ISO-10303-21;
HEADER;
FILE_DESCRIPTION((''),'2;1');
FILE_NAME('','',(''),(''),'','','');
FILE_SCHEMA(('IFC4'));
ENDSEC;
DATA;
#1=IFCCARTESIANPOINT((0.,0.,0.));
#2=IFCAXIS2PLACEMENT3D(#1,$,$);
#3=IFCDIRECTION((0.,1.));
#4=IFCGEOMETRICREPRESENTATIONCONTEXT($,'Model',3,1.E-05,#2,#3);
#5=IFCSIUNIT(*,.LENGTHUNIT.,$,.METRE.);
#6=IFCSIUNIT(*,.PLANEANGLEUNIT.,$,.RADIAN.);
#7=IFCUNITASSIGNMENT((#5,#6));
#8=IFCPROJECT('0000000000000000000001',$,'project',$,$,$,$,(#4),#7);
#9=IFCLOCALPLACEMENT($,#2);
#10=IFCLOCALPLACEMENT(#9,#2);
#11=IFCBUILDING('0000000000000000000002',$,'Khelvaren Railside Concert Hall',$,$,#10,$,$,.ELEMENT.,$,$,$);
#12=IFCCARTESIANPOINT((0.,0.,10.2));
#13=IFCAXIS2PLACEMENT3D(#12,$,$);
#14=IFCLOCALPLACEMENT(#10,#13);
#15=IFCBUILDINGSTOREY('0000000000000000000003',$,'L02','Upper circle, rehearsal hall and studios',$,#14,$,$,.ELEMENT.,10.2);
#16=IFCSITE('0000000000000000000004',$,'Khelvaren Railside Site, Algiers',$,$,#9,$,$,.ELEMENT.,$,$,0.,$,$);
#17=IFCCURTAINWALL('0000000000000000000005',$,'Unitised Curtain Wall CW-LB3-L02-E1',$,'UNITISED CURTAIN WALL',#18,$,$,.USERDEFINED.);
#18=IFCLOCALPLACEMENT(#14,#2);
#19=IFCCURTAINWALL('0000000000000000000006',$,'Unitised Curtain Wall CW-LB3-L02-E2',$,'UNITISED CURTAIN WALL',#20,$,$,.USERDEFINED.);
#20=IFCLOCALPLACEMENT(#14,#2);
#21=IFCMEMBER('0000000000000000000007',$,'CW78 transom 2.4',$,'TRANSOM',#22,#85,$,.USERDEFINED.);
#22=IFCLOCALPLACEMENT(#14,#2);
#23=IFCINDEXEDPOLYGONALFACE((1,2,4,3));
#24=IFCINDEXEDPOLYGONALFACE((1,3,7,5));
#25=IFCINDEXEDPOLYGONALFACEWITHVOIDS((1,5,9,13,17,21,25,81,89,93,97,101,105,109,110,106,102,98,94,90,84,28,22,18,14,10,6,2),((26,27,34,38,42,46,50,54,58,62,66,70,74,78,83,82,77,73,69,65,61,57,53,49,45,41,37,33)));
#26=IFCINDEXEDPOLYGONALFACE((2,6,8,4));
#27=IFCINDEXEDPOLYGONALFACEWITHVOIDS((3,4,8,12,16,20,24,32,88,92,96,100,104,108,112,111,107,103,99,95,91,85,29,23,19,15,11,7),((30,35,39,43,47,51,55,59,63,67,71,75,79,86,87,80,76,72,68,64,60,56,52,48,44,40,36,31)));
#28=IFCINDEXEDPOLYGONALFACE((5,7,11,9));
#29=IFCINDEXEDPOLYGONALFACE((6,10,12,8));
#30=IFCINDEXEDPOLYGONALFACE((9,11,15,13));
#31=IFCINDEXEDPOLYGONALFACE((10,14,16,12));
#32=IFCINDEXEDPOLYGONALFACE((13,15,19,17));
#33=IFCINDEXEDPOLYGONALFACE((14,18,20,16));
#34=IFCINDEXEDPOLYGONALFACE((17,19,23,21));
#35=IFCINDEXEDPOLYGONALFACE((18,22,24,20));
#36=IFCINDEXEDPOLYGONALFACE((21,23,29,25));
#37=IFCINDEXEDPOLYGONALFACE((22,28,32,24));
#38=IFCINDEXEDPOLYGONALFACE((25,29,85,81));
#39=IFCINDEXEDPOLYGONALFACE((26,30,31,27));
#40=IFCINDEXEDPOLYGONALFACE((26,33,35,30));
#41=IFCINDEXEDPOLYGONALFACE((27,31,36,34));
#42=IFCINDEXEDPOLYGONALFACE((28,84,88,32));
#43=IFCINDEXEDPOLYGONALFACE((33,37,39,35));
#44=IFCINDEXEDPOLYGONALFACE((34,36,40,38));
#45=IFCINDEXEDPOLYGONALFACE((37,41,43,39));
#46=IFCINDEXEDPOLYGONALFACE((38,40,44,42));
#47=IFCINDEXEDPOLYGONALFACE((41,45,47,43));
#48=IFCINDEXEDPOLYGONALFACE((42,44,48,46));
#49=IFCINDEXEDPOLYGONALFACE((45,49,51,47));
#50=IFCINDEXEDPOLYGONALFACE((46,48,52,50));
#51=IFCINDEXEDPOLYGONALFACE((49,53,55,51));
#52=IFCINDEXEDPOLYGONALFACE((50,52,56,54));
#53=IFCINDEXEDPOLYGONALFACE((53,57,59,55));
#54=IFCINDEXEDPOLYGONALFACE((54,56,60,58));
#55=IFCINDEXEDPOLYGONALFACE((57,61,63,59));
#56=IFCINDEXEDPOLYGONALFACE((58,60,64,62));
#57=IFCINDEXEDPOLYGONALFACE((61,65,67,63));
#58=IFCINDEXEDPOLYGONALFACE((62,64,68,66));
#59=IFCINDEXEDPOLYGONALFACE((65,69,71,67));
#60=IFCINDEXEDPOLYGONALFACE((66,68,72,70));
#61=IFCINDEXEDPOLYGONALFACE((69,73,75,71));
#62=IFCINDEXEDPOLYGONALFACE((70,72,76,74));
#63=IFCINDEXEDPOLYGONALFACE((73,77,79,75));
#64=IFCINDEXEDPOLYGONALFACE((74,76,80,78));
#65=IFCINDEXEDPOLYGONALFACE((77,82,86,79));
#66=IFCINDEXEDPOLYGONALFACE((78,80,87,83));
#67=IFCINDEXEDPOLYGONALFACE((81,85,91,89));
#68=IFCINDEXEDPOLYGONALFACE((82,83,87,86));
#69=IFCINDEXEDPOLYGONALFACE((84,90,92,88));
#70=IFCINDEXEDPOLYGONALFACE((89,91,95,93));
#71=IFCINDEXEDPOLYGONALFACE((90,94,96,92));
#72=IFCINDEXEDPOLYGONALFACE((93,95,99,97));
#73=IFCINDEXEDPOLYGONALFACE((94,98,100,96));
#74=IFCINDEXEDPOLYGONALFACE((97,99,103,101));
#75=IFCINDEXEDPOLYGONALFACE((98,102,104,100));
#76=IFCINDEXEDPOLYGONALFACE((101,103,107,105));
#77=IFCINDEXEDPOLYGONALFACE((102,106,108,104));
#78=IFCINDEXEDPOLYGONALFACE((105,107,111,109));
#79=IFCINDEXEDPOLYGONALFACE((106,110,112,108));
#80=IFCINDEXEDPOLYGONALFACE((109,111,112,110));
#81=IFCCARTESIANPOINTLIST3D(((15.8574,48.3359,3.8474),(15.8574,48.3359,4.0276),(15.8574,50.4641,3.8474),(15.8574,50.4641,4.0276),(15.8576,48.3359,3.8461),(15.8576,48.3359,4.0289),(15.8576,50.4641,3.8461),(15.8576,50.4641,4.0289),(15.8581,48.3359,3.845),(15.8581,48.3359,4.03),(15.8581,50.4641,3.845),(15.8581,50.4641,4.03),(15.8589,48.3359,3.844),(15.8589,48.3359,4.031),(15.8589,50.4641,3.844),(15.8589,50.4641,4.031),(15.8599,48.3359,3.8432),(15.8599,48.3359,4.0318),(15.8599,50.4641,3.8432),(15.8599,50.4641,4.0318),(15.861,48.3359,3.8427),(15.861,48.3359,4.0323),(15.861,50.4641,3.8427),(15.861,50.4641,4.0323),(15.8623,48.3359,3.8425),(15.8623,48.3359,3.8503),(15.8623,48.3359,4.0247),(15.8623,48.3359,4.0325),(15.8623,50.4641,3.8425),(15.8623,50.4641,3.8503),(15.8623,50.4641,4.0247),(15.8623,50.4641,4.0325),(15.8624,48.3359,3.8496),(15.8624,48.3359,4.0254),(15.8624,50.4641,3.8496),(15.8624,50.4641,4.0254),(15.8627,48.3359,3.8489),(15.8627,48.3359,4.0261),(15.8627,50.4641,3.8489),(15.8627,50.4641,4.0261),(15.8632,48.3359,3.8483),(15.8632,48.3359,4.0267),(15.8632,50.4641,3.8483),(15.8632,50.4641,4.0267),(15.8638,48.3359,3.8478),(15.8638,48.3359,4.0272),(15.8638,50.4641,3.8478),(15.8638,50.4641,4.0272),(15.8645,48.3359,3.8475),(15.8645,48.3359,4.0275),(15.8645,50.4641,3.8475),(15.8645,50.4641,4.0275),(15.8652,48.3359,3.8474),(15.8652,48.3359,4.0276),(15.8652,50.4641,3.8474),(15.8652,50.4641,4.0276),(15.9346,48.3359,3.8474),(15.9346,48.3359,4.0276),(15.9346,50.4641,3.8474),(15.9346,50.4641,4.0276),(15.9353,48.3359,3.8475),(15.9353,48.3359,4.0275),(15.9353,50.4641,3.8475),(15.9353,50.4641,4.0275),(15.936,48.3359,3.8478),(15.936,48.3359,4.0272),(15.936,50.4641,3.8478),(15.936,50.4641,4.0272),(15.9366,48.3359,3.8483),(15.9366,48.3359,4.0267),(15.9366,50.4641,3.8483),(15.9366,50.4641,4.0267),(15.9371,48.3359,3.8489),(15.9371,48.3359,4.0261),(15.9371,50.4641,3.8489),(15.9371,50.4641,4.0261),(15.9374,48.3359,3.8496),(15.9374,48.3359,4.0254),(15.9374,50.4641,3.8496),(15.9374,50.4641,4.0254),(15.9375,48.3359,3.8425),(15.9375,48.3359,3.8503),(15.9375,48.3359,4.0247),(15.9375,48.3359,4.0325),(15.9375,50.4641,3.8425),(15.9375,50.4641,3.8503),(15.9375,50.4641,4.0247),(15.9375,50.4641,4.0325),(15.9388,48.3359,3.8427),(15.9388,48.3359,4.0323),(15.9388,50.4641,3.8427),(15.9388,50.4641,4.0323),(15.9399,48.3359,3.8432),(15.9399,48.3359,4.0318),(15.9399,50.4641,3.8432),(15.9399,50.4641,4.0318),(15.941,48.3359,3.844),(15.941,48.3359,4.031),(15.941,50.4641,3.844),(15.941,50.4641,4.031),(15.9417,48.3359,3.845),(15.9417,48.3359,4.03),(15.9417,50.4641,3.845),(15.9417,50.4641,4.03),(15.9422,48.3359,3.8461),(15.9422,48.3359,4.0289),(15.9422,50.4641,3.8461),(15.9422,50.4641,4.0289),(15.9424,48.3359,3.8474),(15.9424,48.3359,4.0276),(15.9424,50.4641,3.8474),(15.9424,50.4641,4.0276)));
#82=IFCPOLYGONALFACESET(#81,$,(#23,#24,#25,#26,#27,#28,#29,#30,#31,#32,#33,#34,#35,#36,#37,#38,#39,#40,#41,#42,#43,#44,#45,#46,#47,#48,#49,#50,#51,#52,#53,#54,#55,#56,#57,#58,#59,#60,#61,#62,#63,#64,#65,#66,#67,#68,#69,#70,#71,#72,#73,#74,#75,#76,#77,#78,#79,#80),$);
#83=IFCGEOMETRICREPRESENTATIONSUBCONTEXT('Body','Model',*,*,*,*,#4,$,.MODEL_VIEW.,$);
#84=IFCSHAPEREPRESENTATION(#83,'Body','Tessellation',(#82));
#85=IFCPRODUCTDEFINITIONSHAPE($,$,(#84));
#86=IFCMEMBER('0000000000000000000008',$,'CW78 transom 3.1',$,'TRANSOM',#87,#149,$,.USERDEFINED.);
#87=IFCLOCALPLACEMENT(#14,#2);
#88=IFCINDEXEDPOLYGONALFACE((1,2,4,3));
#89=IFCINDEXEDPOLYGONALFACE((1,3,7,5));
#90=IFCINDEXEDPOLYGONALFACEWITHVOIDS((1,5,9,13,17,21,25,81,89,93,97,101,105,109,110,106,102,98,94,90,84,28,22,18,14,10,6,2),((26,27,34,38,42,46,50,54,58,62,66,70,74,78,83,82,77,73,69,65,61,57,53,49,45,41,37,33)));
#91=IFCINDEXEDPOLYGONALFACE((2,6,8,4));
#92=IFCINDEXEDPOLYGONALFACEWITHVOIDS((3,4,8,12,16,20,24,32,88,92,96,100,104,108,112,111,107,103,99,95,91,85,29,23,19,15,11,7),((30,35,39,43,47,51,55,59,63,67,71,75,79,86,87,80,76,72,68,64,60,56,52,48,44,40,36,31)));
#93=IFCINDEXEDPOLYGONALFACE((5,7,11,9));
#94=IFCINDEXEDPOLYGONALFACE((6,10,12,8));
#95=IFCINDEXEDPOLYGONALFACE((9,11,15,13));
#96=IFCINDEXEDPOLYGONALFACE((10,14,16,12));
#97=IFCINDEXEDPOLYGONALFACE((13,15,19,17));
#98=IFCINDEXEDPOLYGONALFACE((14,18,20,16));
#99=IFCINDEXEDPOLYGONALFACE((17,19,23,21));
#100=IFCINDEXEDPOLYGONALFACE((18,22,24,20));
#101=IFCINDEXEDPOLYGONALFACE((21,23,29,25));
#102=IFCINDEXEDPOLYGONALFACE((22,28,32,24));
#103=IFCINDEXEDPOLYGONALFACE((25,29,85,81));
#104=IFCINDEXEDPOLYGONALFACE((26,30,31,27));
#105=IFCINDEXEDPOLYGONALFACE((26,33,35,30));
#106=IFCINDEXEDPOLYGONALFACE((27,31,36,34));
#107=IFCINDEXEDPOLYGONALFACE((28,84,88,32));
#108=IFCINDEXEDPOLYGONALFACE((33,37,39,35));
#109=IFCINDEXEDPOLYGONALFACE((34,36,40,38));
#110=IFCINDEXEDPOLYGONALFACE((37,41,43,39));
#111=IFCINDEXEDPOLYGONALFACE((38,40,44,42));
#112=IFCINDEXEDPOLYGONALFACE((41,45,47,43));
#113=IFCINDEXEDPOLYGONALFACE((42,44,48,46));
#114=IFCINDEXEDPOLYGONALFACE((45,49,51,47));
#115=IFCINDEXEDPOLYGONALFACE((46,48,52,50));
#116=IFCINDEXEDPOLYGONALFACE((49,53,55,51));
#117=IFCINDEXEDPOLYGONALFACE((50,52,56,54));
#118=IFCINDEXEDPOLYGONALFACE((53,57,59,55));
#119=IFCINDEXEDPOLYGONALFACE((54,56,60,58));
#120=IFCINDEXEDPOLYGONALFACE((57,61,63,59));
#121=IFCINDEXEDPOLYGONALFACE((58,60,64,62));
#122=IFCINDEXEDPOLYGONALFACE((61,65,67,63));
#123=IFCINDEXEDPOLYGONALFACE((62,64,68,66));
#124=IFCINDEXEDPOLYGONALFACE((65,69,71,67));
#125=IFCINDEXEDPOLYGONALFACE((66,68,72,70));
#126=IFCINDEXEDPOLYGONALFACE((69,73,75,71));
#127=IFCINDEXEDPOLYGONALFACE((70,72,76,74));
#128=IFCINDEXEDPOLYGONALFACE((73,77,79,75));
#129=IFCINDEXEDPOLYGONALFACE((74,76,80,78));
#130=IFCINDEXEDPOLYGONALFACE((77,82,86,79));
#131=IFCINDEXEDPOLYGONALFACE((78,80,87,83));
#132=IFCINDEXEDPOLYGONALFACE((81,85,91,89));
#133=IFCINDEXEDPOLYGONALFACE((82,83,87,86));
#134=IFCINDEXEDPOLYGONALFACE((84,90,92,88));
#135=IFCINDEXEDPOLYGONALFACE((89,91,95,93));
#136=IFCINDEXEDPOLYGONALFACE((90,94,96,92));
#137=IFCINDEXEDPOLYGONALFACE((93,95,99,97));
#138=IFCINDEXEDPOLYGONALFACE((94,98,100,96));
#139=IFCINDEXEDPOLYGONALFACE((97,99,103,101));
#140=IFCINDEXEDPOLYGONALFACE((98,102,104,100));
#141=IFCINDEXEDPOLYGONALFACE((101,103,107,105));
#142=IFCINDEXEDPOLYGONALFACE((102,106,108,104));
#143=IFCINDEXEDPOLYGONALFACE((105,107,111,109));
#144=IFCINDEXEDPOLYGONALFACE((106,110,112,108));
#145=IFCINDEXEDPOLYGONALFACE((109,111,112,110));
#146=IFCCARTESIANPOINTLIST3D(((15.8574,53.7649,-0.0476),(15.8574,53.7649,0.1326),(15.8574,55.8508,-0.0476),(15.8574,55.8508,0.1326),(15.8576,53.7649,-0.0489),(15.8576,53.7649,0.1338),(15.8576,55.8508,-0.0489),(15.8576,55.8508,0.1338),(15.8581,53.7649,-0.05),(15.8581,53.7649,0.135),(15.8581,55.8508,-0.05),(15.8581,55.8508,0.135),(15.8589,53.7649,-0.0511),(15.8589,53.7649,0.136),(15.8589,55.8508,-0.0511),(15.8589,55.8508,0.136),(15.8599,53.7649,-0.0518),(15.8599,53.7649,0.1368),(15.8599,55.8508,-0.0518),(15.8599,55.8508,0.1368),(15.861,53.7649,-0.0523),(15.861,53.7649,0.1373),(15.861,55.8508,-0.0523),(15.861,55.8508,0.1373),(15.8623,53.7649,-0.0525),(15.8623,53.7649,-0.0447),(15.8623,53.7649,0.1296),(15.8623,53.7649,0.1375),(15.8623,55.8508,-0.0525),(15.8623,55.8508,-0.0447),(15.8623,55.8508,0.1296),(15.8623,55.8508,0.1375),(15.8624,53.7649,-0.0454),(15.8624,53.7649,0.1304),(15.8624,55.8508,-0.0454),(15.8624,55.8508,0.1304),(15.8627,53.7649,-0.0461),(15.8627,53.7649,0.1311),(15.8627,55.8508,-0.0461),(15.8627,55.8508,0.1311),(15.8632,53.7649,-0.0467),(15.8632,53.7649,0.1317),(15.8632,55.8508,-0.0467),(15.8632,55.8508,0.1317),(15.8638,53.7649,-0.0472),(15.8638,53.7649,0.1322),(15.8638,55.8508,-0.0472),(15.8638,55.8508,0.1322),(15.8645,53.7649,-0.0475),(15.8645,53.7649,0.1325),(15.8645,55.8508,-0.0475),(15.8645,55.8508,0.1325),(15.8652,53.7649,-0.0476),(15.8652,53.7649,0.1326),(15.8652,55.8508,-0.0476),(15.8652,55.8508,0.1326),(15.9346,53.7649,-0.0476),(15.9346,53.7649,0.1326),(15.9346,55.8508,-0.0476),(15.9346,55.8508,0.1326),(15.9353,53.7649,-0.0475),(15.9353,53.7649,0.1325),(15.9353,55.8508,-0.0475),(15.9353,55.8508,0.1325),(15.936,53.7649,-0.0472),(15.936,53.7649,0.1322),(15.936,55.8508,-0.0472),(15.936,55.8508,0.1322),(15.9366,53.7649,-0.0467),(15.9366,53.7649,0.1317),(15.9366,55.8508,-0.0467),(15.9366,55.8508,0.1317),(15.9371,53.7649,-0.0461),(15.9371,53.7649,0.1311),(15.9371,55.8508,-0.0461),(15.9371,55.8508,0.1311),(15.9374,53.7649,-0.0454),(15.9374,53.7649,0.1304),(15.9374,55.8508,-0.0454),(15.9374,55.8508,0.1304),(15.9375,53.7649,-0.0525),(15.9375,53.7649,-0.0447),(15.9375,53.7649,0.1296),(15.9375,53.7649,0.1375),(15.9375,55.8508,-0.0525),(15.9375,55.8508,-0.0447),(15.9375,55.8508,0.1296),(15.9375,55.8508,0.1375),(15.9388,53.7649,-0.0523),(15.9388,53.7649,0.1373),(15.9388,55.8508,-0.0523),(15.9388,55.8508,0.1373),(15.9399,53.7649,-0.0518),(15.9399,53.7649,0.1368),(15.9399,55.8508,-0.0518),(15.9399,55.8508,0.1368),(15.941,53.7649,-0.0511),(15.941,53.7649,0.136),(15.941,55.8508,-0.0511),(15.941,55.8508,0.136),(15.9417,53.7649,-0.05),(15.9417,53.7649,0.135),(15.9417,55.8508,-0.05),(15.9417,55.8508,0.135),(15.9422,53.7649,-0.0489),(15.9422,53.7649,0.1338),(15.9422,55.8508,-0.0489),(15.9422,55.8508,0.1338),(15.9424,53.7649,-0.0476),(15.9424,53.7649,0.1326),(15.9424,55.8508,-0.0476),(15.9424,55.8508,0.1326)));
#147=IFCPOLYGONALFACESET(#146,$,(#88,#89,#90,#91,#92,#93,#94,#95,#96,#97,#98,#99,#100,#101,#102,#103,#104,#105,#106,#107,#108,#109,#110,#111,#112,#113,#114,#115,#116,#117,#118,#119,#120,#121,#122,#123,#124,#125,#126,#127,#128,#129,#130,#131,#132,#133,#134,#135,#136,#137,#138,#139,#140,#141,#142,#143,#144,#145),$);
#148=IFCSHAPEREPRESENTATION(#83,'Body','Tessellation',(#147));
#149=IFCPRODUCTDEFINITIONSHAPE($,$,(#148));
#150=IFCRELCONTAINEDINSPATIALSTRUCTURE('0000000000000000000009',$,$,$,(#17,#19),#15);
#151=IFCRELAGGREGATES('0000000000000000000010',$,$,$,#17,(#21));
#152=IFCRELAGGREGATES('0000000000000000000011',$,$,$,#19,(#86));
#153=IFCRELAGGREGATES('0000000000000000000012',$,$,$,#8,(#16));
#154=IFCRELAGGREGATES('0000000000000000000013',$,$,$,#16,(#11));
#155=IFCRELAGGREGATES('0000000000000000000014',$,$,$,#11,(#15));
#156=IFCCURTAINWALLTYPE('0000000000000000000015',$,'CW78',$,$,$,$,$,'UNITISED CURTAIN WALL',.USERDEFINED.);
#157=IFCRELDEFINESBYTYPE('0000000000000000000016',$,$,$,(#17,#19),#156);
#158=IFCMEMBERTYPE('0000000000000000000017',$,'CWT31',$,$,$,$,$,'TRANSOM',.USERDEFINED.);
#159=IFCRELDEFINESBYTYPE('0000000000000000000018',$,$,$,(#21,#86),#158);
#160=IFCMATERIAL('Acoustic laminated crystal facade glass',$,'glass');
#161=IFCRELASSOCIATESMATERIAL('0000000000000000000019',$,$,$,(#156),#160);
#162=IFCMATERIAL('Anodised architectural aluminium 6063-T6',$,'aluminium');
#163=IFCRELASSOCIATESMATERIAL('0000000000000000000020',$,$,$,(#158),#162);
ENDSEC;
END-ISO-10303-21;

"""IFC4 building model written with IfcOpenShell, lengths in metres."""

from ifc_helpers import new_model, si_unit, direction, frame, origin, origin_2d, place, context, subcontext, project, spatial, hollow_rectangle, extrude, material, material_profile, profile_set, type_object, element, aggregate, save


model = new_model("IFC4")

# Units and contexts
model_context = context("Model", 3, precision=1e-05, world=origin(), true_north=direction((0.0, 1.0)))
body_context = subcontext(model_context, "Body", "Model", "MODEL_VIEW")
ifc_project = project(units=[si_unit("LENGTHUNIT", "METRE"), si_unit("PLANEANGLEUNIT", "RADIAN")], contexts=[model_context])

# Site, building, storey
site_placement = place(None, origin())
site = spatial("IfcSite", under=ifc_project, at=site_placement, Name="Khelvaren Railside Site, Algiers", CompositionType="ELEMENT", RefElevation=0.0)
building_placement = place(site_placement, origin())
building = spatial("IfcBuilding", under=site, at=building_placement, Name="Khelvaren Railside Concert Hall", CompositionType="ELEMENT")
storey_placement = place(building_placement, frame((0.0, 0.0, 10.2)))
storey = spatial("IfcBuildingStorey", under=building, at=storey_placement, Name="L02", Description="Upper circle, rehearsal hall and studios", CompositionType="ELEMENT", Elevation=10.2)

# Curtain wall
ifc_material_1 = material(Name="Acoustic laminated crystal facade glass", Category="glass")
curtain_wall_type = type_object("IfcCurtainWallType", Name="CW78", ElementType="UNITISED CURTAIN WALL", PredefinedType="USERDEFINED", material=ifc_material_1)
curtain_wall_1_placement = place(storey_placement, origin())
curtain_wall_1 = element("IfcCurtainWall", 1, at=curtain_wall_1_placement, inside=storey, type_object=curtain_wall_type, Name="Unitised Curtain Wall CW-LB3-L02-E1", ObjectType="UNITISED CURTAIN WALL", PredefinedType="USERDEFINED")
ifc_material_2 = material(Name="Anodised architectural aluminium 6063-T6", Category="aluminium")

# Curtain wall
curtain_wall_2_placement = place(storey_placement, origin())
curtain_wall_2 = element("IfcCurtainWall", 2, at=curtain_wall_2_placement, inside=storey, type_object=curtain_wall_type, Name="Unitised Curtain Wall CW-LB3-L02-E2", ObjectType="UNITISED CURTAIN WALL", PredefinedType="USERDEFINED")

# Members
ifc_material_profile_1 = material_profile(ifc_material_2, hollow_rectangle(XDim=0.085, YDim=0.1899, WallThickness=0.0049, InnerFilletRadius=0.0029, OuterFilletRadius=0.0049, at=origin_2d()), Name="CWT 85x190x5")
ifc_profile_set_1 = profile_set([ifc_material_profile_1], Name="Anodised architectural aluminium 6063-T6")
member_type_1 = type_object("IfcMemberType", Name="CWT31", ElementType="TRANSOM", PredefinedType="USERDEFINED", material=ifc_profile_set_1)
member_1_placement = place(storey_placement, frame((15.8999, 50.4641, 3.9375), z_axis=(0.0, -1.0, 0.0), x_axis=(1.0, 0.0, 0.0)))
member_1 = element("IfcMember", 3, at=member_1_placement, type_object=member_type_1, Name="CW78 transom 2.4", ObjectType="TRANSOM", PredefinedType="USERDEFINED", context=body_context, shape_type="SweptSolid", body=[
    extrude(hollow_rectangle(XDim=0.085, YDim=0.1899, WallThickness=0.0049, InnerFilletRadius=0.0029, OuterFilletRadius=0.0049, at=origin_2d()), origin(), (0.0, 0.0, 1.0), 2.1282),
])
member_2_placement = place(storey_placement, frame((15.8999, 55.8508, 0.0425), z_axis=(0.0, -1.0, 0.0), x_axis=(1.0, 0.0, 0.0)))
member_2 = element("IfcMember", 4, at=member_2_placement, type_object=member_type_1, Name="CW78 transom 3.1", ObjectType="TRANSOM", PredefinedType="USERDEFINED", context=body_context, shape_type="SweptSolid", body=[
    extrude(hollow_rectangle(XDim=0.085, YDim=0.1899, WallThickness=0.0049, InnerFilletRadius=0.0029, OuterFilletRadius=0.0049, at=origin_2d()), origin(), (0.0, 0.0, 1.0), 2.0859),
])

aggregate(curtain_wall_1, [member_1])
aggregate(curtain_wall_2, [member_2])

save(model, "model.ifc")
